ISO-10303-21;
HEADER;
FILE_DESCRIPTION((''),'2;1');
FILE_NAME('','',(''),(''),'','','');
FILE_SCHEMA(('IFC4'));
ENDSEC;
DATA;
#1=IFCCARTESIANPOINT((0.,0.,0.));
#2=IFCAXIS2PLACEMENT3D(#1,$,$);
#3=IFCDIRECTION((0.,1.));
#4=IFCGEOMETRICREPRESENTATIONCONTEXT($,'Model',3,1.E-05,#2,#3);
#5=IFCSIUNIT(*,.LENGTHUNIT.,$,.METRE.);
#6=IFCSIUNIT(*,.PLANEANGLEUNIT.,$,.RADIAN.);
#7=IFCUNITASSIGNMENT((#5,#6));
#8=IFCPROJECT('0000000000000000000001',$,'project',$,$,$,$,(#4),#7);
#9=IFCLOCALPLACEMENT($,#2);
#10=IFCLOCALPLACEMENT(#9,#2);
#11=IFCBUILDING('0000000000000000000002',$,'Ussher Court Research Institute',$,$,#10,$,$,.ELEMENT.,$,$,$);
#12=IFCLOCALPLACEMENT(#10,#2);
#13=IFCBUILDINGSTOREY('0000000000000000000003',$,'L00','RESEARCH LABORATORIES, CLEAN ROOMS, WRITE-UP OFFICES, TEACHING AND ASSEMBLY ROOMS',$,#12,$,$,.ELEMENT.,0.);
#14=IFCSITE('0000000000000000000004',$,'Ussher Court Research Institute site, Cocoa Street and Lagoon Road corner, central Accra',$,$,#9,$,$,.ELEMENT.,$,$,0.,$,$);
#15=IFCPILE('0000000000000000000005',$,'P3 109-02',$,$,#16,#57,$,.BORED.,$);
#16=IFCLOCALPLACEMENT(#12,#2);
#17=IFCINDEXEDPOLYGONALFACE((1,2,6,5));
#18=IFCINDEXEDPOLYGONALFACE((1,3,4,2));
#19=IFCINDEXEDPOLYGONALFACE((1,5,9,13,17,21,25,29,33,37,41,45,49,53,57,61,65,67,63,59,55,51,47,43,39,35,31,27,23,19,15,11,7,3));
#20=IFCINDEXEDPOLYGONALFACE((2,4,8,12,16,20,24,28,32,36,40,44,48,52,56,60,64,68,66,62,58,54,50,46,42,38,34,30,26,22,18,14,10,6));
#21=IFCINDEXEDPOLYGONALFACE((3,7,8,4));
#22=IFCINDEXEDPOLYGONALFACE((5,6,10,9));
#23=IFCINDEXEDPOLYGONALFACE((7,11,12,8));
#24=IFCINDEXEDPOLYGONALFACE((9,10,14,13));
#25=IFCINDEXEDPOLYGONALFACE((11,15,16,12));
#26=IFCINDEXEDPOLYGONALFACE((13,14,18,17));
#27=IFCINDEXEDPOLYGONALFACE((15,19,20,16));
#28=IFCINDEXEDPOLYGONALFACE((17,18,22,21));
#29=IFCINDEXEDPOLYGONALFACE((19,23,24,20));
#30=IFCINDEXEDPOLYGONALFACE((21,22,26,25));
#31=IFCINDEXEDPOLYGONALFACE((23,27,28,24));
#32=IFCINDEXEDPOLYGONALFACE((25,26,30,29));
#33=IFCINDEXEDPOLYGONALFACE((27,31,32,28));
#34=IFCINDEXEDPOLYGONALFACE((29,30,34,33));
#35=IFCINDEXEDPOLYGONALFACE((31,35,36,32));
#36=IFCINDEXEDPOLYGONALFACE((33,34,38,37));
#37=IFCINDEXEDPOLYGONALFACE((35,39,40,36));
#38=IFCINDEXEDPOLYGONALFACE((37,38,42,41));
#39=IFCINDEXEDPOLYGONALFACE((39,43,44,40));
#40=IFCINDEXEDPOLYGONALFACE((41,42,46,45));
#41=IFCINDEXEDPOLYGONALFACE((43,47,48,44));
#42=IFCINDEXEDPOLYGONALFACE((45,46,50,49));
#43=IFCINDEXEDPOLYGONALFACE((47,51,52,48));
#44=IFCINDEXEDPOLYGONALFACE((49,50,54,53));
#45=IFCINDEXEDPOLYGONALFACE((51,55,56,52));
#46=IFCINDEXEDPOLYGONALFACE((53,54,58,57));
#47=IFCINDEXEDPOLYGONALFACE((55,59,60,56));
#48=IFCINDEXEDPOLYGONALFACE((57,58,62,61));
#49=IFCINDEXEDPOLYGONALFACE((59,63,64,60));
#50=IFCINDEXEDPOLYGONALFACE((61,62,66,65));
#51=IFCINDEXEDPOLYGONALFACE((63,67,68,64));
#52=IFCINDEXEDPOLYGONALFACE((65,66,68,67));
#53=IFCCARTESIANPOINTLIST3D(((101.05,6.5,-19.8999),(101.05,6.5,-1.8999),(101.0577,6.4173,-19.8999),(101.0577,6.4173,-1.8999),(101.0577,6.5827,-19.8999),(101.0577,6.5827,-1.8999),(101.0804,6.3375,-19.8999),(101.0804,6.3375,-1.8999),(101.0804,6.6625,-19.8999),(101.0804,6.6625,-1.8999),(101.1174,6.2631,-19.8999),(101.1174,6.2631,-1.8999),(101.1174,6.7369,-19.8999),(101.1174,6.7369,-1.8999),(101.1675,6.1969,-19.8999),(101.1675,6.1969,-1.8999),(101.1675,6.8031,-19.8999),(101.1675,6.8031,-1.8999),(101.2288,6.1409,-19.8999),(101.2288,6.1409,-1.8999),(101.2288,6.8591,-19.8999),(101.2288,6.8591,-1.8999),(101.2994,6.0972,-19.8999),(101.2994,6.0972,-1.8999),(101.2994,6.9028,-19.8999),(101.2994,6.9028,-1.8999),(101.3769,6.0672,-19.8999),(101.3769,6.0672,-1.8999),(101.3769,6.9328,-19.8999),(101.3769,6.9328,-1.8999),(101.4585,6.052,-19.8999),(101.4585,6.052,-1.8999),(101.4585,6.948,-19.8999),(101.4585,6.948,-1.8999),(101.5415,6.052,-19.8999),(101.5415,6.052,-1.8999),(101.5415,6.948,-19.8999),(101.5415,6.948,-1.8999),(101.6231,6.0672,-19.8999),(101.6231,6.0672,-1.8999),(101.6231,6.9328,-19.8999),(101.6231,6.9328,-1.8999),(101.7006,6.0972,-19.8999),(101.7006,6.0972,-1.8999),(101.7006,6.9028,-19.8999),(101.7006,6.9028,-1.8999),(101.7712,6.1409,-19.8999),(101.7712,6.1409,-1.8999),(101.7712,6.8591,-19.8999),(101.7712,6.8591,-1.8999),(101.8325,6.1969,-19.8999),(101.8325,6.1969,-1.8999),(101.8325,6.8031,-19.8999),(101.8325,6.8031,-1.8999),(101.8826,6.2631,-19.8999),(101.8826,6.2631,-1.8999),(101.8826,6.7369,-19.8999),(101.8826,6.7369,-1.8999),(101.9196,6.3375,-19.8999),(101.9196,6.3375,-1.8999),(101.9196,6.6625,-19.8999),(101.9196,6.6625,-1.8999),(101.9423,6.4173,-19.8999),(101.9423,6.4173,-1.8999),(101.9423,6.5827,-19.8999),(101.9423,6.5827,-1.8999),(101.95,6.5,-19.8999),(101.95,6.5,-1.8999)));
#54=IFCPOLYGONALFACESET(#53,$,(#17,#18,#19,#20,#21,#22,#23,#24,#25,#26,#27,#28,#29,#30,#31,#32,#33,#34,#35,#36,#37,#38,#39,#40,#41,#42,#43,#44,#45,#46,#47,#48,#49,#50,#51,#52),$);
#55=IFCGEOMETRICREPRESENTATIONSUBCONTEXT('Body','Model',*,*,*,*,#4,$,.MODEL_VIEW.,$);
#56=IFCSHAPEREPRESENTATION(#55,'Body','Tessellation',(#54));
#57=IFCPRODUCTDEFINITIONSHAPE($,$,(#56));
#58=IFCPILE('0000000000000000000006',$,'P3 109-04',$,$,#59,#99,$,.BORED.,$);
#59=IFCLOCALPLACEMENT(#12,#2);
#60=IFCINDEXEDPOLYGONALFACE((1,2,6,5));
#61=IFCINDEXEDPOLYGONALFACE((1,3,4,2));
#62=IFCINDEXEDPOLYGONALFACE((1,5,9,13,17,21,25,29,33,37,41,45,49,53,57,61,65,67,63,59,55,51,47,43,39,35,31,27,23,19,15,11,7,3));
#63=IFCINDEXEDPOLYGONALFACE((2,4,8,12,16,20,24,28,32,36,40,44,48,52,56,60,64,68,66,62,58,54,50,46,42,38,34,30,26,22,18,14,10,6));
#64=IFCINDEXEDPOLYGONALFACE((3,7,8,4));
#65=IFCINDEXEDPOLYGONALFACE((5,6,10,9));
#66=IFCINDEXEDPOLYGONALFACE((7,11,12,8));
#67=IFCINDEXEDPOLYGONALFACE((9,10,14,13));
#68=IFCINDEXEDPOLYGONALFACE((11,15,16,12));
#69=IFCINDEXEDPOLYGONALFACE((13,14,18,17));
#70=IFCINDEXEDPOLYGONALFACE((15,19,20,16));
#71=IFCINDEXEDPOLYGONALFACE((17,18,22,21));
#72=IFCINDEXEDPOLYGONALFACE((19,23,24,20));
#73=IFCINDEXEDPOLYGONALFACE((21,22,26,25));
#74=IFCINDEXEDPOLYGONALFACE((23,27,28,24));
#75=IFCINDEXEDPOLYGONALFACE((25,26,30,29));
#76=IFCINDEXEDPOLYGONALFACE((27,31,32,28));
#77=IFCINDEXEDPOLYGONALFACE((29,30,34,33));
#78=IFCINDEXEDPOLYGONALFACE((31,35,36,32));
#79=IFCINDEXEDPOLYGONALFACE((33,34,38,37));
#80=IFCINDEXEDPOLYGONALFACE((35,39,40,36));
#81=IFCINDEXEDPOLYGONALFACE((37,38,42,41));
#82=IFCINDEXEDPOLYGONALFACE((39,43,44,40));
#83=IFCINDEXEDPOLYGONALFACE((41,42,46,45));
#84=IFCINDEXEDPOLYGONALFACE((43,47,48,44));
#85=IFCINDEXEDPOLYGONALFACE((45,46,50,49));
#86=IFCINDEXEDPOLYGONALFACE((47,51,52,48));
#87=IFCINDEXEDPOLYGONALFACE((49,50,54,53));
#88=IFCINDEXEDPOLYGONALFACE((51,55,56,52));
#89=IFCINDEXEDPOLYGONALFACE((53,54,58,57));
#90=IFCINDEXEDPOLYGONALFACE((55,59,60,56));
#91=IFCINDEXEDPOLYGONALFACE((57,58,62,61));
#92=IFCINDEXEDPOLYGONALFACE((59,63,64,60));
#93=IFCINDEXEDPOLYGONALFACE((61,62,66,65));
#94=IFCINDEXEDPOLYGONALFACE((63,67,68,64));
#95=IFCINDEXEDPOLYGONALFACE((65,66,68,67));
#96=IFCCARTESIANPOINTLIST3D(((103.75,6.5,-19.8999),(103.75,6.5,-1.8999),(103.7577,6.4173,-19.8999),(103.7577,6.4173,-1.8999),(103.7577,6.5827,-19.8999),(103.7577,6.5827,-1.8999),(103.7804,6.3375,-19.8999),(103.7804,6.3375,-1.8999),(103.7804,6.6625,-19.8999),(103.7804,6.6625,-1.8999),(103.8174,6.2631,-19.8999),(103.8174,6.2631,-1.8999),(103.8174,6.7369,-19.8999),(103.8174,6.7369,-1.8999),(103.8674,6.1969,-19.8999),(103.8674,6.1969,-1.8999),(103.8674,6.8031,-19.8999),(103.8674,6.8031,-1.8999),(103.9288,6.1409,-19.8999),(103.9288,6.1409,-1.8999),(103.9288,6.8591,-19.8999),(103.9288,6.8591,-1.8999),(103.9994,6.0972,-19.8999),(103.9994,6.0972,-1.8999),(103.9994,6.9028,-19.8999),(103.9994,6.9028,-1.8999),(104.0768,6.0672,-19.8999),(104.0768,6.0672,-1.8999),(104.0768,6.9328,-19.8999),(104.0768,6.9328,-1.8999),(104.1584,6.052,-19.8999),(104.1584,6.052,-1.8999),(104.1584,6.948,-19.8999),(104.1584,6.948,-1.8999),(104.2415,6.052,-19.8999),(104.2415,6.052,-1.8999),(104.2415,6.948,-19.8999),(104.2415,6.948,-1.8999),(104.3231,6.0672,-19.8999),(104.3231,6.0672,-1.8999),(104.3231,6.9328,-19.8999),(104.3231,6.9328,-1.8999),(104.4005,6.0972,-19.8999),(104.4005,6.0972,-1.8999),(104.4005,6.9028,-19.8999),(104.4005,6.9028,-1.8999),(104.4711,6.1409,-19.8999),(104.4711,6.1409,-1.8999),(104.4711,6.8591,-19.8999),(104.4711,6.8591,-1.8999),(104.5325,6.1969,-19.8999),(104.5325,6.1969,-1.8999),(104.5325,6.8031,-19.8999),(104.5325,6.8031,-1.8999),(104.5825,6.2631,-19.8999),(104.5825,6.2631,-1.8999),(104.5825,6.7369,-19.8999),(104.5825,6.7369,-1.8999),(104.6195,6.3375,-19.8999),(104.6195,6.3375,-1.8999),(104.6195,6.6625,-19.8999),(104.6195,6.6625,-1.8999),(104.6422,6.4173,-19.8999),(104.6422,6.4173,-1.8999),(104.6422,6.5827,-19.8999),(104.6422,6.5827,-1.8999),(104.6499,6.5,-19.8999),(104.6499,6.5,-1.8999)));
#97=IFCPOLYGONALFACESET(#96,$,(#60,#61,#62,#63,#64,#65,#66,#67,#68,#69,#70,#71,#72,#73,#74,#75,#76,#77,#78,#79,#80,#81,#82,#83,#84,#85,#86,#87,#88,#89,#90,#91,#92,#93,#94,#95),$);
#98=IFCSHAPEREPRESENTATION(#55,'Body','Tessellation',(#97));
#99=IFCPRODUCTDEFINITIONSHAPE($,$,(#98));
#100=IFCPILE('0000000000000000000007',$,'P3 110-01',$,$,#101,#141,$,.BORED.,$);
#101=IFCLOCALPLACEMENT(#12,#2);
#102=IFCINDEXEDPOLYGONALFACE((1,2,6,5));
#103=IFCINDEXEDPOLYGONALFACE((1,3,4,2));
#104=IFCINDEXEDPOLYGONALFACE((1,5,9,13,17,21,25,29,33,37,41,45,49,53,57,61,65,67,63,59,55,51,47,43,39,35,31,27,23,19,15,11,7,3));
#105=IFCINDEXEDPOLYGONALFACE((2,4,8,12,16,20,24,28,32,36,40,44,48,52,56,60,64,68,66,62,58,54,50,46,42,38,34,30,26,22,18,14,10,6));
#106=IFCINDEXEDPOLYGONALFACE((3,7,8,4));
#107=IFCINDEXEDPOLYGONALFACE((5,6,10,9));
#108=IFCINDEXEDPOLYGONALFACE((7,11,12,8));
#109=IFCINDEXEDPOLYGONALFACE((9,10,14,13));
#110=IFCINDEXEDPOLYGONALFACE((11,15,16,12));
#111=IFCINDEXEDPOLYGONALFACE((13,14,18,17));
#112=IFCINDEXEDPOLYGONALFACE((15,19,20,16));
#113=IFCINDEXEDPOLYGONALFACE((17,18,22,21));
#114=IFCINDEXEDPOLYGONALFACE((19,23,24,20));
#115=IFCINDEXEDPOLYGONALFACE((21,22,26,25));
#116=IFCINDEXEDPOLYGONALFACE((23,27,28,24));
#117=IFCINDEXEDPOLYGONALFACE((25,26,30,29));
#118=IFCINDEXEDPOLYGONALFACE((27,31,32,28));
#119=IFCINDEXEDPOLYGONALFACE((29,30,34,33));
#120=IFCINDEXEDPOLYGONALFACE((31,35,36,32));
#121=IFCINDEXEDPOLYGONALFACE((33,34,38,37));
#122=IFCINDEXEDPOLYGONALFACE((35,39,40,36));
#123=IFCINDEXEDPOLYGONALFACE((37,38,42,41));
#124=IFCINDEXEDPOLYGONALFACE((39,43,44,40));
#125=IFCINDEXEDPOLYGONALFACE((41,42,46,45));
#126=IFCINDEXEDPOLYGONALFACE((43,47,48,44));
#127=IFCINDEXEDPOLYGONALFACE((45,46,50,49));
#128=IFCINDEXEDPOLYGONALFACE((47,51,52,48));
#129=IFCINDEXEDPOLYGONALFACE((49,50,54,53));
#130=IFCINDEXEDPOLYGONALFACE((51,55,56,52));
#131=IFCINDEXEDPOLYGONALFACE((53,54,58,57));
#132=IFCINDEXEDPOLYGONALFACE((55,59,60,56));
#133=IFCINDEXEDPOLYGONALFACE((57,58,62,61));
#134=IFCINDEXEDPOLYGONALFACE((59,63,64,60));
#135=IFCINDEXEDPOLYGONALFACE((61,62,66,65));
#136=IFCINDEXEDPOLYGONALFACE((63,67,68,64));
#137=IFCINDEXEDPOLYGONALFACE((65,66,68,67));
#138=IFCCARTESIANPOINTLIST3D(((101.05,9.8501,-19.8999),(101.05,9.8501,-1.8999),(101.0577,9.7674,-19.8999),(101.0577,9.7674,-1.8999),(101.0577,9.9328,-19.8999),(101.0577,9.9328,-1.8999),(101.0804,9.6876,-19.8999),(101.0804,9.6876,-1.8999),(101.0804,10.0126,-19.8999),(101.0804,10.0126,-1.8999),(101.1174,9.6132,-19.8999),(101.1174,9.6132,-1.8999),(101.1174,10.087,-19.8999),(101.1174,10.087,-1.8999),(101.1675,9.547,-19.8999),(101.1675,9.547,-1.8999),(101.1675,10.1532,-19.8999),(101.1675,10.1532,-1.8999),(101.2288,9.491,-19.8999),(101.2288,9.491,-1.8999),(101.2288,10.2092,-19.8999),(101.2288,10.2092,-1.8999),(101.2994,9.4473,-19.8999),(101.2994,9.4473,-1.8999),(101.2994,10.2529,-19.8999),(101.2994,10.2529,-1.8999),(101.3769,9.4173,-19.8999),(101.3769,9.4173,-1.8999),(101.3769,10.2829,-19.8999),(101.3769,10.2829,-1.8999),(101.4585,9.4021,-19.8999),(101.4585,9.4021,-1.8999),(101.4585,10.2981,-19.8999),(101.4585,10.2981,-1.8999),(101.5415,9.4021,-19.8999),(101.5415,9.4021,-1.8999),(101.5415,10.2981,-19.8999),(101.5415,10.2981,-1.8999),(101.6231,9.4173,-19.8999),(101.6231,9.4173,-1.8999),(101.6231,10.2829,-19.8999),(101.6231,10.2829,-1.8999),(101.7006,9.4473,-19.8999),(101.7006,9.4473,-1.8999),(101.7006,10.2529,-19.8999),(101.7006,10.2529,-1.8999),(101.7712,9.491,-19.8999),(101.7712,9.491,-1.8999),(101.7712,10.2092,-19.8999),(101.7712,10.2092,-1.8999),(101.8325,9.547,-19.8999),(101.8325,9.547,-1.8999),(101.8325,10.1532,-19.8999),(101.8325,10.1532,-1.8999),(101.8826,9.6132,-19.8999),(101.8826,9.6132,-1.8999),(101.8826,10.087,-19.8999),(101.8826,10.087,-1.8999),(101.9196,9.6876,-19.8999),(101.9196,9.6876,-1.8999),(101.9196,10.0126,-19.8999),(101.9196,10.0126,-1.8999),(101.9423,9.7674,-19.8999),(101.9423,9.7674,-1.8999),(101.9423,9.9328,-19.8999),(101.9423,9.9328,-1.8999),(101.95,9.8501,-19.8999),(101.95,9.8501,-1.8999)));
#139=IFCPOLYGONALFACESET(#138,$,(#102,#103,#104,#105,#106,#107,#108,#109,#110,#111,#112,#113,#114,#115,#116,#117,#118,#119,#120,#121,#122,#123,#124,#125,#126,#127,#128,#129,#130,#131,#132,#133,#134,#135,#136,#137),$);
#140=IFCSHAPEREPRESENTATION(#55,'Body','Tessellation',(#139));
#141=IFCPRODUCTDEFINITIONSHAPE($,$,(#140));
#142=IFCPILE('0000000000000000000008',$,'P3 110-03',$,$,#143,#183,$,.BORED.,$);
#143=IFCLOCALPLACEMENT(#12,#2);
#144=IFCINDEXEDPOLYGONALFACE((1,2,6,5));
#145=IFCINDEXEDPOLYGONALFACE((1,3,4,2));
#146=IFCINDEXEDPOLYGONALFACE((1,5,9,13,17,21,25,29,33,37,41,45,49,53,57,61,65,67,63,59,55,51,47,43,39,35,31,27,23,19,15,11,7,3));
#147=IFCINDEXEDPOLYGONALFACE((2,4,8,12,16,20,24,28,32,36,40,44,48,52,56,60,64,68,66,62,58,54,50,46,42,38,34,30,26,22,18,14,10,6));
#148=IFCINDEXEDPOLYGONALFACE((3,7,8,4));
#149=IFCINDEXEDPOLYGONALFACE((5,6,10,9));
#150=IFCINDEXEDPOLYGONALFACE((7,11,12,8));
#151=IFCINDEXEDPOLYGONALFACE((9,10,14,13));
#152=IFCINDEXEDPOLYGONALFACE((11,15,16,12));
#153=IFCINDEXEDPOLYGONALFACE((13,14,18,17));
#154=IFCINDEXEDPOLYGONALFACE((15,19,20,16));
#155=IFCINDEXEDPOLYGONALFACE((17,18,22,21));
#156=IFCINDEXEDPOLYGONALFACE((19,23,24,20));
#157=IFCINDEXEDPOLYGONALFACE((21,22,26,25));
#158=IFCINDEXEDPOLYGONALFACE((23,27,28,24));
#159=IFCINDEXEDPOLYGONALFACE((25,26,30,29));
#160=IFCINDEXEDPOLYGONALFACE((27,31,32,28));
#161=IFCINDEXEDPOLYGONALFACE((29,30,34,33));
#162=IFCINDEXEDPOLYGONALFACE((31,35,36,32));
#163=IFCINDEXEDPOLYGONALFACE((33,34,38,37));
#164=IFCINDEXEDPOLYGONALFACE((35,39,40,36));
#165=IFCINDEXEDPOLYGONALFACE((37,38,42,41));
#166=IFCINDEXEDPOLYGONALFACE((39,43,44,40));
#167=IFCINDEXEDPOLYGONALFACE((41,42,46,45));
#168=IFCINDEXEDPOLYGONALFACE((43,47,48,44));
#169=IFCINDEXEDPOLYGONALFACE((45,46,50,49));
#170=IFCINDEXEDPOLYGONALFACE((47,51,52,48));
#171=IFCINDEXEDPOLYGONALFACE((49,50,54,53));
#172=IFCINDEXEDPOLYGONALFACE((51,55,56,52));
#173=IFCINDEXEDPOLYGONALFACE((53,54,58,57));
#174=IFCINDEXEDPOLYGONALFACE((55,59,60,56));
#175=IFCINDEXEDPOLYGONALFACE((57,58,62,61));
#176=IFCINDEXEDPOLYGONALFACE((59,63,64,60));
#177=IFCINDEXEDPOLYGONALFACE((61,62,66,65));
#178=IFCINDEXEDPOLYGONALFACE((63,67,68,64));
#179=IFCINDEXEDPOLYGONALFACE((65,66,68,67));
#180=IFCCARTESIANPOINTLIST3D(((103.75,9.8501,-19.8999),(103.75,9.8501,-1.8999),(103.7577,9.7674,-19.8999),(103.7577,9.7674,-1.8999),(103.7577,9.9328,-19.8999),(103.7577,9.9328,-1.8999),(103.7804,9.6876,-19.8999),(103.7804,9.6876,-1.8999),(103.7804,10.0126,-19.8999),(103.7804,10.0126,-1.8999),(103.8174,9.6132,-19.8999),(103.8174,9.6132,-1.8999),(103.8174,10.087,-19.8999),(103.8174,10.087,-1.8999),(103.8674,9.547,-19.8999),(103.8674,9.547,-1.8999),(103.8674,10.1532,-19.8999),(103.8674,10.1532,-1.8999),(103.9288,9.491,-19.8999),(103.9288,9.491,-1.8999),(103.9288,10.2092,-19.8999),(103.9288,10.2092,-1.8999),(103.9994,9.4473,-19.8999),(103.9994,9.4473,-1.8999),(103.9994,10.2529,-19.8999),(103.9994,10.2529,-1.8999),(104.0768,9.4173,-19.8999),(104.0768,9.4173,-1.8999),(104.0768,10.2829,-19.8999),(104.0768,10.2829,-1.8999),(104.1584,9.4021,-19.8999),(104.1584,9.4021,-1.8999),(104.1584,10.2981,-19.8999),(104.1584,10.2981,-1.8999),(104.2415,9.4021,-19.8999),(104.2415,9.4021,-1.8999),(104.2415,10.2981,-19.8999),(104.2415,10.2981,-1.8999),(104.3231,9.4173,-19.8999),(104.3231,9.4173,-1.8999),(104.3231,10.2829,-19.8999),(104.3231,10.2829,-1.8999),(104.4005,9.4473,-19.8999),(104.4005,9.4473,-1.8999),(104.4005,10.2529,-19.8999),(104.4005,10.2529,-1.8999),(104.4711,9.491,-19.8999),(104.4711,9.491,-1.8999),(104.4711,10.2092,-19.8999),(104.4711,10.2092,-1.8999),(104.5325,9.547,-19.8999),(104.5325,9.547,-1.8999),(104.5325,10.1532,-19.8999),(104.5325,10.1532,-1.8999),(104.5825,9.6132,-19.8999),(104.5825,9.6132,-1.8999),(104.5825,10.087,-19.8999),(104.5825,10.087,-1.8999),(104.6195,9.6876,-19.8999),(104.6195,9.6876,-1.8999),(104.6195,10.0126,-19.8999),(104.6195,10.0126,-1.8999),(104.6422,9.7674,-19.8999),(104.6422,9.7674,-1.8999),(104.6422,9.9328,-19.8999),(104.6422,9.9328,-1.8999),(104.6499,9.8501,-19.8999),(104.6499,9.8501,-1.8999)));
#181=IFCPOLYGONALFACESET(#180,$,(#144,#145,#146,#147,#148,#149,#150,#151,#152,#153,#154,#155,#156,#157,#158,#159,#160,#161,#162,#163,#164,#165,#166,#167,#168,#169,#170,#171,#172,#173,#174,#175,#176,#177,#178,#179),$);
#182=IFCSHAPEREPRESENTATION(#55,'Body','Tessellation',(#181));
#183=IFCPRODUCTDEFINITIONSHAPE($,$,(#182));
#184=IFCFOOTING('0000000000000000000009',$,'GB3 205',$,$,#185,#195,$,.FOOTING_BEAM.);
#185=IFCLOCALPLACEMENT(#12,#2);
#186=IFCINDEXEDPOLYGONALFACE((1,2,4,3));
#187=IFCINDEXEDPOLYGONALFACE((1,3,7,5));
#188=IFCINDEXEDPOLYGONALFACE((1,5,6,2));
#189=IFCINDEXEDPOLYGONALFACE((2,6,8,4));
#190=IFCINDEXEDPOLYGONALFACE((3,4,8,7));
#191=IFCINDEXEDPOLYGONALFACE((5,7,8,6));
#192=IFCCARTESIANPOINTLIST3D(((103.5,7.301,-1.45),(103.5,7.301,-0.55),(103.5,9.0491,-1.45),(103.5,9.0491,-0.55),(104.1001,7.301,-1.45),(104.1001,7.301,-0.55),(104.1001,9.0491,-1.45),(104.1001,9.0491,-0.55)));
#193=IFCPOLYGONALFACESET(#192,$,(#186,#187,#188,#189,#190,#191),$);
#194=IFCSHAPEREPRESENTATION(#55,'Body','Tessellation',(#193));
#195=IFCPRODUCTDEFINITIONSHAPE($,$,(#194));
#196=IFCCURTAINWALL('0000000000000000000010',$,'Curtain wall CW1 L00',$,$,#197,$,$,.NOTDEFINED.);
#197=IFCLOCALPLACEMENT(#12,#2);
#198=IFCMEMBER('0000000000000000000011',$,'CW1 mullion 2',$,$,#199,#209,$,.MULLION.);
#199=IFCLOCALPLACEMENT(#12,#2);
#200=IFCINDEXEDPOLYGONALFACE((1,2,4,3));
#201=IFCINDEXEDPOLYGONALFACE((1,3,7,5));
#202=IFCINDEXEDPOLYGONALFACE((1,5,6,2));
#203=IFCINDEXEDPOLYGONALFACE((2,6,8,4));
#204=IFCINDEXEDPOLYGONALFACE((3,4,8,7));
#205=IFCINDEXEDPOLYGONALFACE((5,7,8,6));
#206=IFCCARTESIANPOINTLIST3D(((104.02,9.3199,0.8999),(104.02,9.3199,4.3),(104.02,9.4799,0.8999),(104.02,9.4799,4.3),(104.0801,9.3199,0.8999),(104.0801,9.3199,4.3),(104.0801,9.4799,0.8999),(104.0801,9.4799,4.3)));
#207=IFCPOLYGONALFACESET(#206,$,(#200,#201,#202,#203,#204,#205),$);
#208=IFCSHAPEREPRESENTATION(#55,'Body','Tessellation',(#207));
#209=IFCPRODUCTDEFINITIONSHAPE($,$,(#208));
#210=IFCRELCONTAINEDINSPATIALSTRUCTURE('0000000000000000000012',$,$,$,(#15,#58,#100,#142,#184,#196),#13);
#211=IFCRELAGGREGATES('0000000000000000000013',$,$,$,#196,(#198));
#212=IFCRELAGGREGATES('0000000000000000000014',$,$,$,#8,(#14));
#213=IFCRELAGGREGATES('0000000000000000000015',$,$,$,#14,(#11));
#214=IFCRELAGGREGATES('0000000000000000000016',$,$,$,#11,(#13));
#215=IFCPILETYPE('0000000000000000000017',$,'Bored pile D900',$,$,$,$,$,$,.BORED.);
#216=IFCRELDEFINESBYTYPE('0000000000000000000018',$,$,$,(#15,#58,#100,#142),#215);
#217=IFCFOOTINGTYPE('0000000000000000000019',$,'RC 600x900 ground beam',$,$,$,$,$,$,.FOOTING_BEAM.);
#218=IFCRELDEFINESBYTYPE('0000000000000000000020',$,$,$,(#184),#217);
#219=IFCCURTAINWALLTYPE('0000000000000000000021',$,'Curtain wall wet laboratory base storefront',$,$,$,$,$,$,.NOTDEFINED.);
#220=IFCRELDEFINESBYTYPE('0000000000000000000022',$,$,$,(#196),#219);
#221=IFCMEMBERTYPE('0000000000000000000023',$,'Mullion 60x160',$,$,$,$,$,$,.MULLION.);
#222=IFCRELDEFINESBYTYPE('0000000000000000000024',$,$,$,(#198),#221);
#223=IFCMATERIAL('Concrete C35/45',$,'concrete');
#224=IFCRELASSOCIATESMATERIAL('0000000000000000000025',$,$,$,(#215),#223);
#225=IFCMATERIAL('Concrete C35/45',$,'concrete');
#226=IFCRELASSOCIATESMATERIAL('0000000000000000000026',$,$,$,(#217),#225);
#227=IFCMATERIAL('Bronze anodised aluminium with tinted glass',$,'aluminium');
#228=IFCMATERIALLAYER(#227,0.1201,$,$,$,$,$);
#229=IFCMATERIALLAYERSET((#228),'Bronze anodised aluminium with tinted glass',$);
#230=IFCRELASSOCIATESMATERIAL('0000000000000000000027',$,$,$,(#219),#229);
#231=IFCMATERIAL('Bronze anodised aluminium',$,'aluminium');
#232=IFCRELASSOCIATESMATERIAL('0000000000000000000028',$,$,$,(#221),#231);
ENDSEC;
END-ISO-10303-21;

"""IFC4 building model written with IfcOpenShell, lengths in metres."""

from ifc_helpers import new_model, si_unit, direction, frame, origin, origin_2d, place, context, subcontext, project, spatial, rectangle, circle, extrude, material, layer, layer_set, material_profile, profile_set, type_object, element, aggregate, save


model = new_model("IFC4")

# Units and contexts
model_context = context("Model", 3, precision=1e-05, world=origin(), true_north=direction((0.0, 1.0)))
body_context = subcontext(model_context, "Body", "Model", "MODEL_VIEW")
ifc_project = project(units=[si_unit("LENGTHUNIT", "METRE"), si_unit("PLANEANGLEUNIT", "RADIAN")], contexts=[model_context])

# Site, building, storey
site_placement = place(None, origin())
site = spatial("IfcSite", under=ifc_project, at=site_placement, Name="Ussher Court Research Institute site, Cocoa Street and Lagoon Road corner, central Accra", CompositionType="ELEMENT", RefElevation=0.0)
building_placement = place(site_placement, origin())
building = spatial("IfcBuilding", under=site, at=building_placement, Name="Ussher Court Research Institute", CompositionType="ELEMENT")
storey_placement = place(building_placement, origin())
storey = spatial("IfcBuildingStorey", under=building, at=storey_placement, Name="L00", Description="RESEARCH LABORATORIES, CLEAN ROOMS, WRITE-UP OFFICES, TEACHING AND ASSEMBLY ROOMS", CompositionType="ELEMENT", Elevation=0.0)

# Piles
ifc_material_1 = material(Name="Concrete C35/45", Category="concrete")
ifc_material_profile_1 = material_profile(ifc_material_1, circle(Radius=0.45, at=origin_2d()), Name="RC D900")
ifc_profile_set_1 = profile_set([ifc_material_profile_1], Name="Concrete C35/45")
pile_type = type_object("IfcPileType", Name="Bored pile D900", PredefinedType="BORED", material=ifc_profile_set_1)
for number, where, z_axis, x_axis, name in (
    (1, (101.5, 6.5, -1.8999), (0.0, 0.0, -1.0), (1.0, 0.0, 0.0), "P3 109-02"),
    (2, (104.2, 6.5, -1.8999), (0.0, 0.0, -1.0), (1.0, 0.0, 0.0), "P3 109-04"),
    (3, (101.5, 9.8501, -1.8999), (0.0, 0.0, -1.0), (1.0, 0.0, 0.0), "P3 110-01"),
    (4, (104.2, 9.8501, -1.8999), (0.0, 0.0, -1.0), (1.0, 0.0, 0.0), "P3 110-03"),
):
    element("IfcPile", number, at=place(storey_placement, frame(where, z_axis=z_axis, x_axis=x_axis)), inside=storey, type_object=pile_type, Name=name, PredefinedType="BORED", context=body_context, shape_type="SweptSolid", body=[
        extrude(circle(Radius=0.45, at=origin_2d()), origin(), (0.0, 0.0, 1.0), 18.0),
    ])

# Footing
ifc_material_2 = material(Name="Concrete C35/45", Category="concrete")
ifc_material_profile_2 = material_profile(ifc_material_2, rectangle(XDim=0.6001, YDim=0.8999, at=origin_2d()), Name="RC 600x900")
ifc_profile_set_2 = profile_set([ifc_material_profile_2], Name="Concrete C35/45")
footing_type = type_object("IfcFootingType", Name="RC 600x900 ground beam", PredefinedType="FOOTING_BEAM", material=ifc_profile_set_2)
footing_placement = place(storey_placement, frame((103.8, 7.301, -1.0), z_axis=(0.0, 1.0, 0.0), x_axis=(-1.0, 0.0, 0.0)))
element("IfcFooting", 5, at=footing_placement, inside=storey, type_object=footing_type, Name="GB3 205", PredefinedType="FOOTING_BEAM", context=body_context, shape_type="SweptSolid", body=[
    extrude(rectangle(XDim=0.6001, YDim=0.8999, at=origin_2d()), origin(), (0.0, 0.0, 1.0), 1.748),
])

# Curtain wall, member
ifc_material_3 = material(Name="Bronze anodised aluminium with tinted glass", Category="aluminium")
ifc_layer_1 = layer(ifc_material_3, 0.1201)
ifc_layer_set_1 = layer_set([ifc_layer_1], Name="Bronze anodised aluminium with tinted glass")
curtain_wall_type = type_object("IfcCurtainWallType", Name="Curtain wall wet laboratory base storefront", PredefinedType="NOTDEFINED", material=ifc_layer_set_1)
curtain_wall_1_placement = place(storey_placement, origin())
curtain_wall_1 = element("IfcCurtainWall", 6, at=curtain_wall_1_placement, inside=storey, type_object=curtain_wall_type, Name="Curtain wall CW1 L00", PredefinedType="NOTDEFINED")
ifc_material_4 = material(Name="Bronze anodised aluminium", Category="aluminium")
ifc_material_profile_3 = material_profile(ifc_material_4, rectangle(XDim=0.0601, YDim=0.1599, at=origin_2d()), Name="Mullion 60x160")
ifc_profile_set_3 = profile_set([ifc_material_profile_3], Name="Bronze anodised aluminium")
member_type_1 = type_object("IfcMemberType", Name="Mullion 60x160", PredefinedType="MULLION", material=ifc_profile_set_3)
member_1_placement = place(storey_placement, frame((104.05, 9.3999, 0.8999), z_axis=(0.0, 0.0, 1.0), x_axis=(1.0, 0.0, 0.0)))
member_1 = element("IfcMember", 7, at=member_1_placement, type_object=member_type_1, Name="CW1 mullion 2", PredefinedType="MULLION", context=body_context, shape_type="SweptSolid", body=[
    extrude(rectangle(XDim=0.0601, YDim=0.1599, at=origin_2d()), origin(), (0.0, 0.0, 1.0), 3.4001),
])

aggregate(curtain_wall_1, [member_1])

save(model, "model.ifc")
